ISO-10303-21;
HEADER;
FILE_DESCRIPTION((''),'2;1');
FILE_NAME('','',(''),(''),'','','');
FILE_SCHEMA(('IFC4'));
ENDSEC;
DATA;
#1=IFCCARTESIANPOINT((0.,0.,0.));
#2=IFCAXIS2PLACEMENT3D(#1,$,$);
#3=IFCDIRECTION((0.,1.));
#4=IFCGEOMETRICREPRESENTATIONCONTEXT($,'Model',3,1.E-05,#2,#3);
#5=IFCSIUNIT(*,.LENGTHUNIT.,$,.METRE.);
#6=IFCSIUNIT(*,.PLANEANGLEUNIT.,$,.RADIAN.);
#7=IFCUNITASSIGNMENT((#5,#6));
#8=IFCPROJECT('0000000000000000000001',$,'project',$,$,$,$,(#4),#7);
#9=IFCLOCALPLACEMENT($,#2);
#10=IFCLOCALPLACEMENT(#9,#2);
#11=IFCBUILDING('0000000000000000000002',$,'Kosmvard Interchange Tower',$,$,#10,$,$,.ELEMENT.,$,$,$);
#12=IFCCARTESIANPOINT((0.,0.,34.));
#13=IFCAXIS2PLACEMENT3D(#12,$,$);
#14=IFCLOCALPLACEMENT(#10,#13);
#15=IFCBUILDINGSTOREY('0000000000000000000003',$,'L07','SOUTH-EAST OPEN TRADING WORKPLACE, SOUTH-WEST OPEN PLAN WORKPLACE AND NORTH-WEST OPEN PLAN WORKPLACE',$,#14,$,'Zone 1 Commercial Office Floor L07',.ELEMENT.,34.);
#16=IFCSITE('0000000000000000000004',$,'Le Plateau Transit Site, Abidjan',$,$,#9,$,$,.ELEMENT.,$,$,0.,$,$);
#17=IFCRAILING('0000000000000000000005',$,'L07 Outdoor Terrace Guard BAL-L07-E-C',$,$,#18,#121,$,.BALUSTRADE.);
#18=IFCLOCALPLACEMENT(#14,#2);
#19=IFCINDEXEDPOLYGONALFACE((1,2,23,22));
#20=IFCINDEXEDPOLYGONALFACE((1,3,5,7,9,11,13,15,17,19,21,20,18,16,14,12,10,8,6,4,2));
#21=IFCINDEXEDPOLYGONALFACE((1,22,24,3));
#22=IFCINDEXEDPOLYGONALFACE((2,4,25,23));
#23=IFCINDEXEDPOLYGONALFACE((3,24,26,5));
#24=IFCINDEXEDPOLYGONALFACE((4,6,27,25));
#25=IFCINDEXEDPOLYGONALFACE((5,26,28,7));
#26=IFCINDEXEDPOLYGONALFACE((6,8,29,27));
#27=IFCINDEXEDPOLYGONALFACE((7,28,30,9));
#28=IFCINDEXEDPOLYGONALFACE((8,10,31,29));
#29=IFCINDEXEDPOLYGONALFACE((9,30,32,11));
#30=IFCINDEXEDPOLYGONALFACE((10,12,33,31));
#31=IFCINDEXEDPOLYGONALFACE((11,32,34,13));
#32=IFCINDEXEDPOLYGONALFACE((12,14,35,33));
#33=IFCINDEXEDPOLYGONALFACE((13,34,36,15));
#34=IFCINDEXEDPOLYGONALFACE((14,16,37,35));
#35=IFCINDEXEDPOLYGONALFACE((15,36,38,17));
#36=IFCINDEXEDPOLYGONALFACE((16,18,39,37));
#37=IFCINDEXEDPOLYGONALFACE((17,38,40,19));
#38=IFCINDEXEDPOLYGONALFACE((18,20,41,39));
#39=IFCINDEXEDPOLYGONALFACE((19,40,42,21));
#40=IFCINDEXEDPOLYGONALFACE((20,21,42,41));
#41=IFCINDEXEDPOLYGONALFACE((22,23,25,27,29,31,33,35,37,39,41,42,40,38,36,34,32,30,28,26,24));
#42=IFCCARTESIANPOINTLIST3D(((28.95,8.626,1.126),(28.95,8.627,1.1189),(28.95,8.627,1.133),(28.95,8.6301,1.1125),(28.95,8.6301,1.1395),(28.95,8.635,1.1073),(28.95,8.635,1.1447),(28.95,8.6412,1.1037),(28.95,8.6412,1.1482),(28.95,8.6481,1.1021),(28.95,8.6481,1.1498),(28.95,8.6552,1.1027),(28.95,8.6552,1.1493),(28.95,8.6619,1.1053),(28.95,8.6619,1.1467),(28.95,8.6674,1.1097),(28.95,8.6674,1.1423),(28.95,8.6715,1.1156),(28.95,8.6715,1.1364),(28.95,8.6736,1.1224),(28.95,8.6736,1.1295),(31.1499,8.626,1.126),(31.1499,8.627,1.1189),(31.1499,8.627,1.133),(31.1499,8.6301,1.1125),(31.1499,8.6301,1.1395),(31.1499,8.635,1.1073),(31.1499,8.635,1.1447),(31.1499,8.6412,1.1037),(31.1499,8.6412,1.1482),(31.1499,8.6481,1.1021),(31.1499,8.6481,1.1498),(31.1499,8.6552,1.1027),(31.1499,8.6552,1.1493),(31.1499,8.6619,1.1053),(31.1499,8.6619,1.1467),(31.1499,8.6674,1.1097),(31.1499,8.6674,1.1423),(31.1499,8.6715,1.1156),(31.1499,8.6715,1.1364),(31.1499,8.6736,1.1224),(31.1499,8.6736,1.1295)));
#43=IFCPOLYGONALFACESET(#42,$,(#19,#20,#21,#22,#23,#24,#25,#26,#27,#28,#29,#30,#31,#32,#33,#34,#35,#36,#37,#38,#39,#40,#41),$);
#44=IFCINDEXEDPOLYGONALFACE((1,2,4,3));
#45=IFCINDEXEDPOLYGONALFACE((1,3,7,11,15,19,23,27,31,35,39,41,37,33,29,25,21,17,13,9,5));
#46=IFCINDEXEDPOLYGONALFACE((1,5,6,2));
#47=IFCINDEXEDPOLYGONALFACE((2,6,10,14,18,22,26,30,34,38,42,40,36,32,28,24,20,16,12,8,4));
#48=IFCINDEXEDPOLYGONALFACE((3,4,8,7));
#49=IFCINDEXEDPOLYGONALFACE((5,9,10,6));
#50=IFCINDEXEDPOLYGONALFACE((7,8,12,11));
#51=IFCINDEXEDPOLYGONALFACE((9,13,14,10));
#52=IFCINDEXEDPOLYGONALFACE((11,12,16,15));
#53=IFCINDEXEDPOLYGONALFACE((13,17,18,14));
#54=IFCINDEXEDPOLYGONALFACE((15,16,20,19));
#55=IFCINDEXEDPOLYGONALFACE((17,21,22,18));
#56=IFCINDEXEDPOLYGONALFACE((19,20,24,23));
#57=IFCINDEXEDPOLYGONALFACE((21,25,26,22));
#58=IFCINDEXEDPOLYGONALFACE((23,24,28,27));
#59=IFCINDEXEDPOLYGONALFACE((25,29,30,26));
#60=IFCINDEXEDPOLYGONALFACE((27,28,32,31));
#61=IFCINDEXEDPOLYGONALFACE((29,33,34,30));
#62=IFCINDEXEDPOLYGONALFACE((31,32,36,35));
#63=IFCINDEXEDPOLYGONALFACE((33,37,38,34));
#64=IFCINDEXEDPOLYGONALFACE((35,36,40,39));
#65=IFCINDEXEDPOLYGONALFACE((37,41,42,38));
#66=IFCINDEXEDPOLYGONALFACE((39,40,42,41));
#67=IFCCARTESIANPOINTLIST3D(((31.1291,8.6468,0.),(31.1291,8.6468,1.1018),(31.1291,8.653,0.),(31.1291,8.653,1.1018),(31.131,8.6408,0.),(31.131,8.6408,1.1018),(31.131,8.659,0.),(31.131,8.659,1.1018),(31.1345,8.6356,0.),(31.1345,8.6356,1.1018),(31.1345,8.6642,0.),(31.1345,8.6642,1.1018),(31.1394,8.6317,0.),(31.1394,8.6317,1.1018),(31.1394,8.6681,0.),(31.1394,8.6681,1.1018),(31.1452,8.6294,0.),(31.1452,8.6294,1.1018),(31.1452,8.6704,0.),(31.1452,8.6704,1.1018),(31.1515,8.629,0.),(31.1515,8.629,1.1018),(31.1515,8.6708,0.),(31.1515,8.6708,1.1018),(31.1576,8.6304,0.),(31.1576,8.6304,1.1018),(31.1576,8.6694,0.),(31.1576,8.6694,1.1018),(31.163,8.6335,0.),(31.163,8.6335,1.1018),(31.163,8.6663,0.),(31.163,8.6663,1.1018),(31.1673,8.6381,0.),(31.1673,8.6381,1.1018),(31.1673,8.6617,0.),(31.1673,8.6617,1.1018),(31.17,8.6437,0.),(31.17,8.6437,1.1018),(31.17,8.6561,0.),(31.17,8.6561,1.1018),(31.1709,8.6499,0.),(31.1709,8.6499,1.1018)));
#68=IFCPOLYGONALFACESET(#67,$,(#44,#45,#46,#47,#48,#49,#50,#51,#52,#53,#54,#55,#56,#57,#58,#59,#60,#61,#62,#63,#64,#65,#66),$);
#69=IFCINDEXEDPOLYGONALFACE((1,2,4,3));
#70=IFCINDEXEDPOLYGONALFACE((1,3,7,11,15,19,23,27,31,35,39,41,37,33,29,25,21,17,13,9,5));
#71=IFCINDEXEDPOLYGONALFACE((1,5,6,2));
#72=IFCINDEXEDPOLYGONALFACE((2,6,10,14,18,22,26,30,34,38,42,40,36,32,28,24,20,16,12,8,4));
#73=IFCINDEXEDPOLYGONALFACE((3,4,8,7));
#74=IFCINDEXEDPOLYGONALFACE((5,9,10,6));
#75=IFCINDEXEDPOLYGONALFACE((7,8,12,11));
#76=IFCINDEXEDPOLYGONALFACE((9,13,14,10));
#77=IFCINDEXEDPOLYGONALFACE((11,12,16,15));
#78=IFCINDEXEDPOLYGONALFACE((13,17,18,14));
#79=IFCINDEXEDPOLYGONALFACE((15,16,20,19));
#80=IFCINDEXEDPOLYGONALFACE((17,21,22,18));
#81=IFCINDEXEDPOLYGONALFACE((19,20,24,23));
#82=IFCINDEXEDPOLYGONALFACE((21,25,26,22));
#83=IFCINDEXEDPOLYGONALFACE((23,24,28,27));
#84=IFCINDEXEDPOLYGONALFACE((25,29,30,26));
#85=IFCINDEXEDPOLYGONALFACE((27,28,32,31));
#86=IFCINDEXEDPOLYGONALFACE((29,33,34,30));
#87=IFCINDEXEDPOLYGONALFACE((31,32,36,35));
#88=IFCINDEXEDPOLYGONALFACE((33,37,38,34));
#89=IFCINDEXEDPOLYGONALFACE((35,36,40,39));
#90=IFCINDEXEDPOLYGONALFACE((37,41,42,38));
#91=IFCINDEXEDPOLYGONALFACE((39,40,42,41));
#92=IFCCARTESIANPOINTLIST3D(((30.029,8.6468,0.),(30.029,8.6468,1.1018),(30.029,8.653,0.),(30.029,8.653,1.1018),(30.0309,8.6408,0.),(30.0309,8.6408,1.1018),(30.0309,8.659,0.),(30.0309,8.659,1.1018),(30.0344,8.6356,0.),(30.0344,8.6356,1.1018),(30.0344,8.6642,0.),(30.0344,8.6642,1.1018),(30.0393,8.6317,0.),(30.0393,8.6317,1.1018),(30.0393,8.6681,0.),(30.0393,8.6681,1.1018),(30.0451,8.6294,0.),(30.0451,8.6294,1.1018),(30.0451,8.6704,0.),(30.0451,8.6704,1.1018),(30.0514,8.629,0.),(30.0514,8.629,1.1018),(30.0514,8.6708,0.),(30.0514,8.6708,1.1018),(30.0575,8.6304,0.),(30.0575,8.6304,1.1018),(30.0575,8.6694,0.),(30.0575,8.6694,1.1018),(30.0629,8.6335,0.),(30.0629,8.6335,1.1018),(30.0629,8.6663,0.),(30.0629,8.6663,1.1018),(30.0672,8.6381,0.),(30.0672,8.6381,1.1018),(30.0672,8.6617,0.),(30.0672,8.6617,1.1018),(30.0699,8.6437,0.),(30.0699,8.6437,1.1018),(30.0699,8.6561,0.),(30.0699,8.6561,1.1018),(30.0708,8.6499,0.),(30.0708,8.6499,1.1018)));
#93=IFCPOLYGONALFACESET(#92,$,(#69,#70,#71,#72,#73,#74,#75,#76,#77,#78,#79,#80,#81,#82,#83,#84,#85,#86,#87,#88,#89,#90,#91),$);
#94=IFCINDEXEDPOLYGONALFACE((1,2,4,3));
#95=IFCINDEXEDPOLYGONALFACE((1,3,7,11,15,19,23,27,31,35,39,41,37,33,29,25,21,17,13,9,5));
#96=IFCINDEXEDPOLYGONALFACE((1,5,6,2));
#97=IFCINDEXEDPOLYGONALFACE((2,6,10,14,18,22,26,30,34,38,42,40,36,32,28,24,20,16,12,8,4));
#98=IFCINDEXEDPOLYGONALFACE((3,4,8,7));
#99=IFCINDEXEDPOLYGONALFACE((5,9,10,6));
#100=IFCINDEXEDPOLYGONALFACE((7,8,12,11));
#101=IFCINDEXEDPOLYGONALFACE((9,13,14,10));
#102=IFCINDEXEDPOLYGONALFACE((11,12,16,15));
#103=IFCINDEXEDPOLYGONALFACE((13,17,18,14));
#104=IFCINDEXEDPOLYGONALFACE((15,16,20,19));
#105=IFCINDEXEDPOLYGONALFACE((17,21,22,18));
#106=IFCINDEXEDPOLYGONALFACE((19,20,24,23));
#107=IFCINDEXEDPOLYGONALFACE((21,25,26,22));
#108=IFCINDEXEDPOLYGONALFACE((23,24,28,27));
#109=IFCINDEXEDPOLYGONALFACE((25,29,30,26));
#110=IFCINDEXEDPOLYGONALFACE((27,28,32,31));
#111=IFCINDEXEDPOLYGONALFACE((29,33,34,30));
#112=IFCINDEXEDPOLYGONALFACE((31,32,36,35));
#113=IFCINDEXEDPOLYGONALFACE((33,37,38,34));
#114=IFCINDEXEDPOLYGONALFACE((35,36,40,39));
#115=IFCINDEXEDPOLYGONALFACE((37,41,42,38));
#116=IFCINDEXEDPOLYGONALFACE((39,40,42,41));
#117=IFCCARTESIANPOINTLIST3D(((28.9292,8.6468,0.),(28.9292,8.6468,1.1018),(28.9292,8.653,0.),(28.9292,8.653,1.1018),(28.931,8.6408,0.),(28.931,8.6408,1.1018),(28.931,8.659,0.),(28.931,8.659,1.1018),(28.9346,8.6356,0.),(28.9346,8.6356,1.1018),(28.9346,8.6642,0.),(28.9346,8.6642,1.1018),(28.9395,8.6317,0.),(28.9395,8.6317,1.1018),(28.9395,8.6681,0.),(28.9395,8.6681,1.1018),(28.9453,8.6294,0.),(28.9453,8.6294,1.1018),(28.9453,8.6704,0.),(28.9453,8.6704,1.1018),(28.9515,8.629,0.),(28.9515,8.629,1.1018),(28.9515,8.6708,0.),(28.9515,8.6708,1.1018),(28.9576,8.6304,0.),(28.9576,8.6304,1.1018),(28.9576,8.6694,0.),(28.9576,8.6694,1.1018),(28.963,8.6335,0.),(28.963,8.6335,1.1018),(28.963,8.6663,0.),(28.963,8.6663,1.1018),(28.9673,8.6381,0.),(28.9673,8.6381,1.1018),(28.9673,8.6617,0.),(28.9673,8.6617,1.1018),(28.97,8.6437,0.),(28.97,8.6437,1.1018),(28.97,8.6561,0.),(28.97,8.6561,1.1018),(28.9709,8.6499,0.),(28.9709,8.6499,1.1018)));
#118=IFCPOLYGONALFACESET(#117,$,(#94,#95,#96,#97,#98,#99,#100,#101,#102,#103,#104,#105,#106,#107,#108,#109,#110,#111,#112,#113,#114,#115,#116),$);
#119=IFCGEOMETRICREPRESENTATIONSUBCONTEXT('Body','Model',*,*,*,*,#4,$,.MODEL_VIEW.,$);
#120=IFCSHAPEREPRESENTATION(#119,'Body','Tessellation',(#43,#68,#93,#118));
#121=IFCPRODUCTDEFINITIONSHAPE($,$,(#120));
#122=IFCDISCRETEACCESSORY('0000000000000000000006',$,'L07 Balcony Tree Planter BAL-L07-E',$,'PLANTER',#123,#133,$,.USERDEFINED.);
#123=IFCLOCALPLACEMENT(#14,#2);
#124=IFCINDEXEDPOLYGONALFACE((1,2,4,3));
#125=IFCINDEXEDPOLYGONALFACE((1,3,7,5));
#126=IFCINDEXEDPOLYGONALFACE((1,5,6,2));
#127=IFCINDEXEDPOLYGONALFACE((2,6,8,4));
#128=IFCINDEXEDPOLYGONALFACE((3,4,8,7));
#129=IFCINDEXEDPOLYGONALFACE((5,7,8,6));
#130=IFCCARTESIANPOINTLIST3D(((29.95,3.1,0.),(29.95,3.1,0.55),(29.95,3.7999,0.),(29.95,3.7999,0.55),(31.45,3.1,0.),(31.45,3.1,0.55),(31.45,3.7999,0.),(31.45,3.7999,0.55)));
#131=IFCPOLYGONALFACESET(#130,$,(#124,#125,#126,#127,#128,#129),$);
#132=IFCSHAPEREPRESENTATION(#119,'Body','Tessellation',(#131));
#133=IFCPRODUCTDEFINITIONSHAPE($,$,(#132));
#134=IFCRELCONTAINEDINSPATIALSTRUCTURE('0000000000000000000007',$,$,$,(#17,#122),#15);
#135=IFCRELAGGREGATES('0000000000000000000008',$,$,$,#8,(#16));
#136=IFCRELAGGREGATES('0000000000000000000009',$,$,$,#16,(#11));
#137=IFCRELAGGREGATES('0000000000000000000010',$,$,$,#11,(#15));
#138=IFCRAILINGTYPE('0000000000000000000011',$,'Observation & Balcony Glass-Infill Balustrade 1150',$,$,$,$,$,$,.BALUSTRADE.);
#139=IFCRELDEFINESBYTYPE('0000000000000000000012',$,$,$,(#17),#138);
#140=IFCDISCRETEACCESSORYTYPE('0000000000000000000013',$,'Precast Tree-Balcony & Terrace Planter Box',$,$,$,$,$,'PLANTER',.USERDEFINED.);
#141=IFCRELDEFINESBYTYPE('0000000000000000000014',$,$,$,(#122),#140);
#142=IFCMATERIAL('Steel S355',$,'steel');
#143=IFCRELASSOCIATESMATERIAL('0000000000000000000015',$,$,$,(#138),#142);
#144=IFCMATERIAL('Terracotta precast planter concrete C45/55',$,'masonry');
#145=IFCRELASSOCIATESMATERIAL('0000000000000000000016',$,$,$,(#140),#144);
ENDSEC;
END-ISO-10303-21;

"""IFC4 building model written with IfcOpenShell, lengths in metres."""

from ifc_helpers import new_model, si_unit, direction, frame, origin, origin_2d, place, context, subcontext, project, spatial, rectangle, circle, extrude, source, transform, mapped, material, type_object, element, save


model = new_model("IFC4")

# Units and contexts
model_context = context("Model", 3, precision=1e-05, world=origin(), true_north=direction((0.0, 1.0)))
body_context = subcontext(model_context, "Body", "Model", "MODEL_VIEW")
ifc_project = project(units=[si_unit("LENGTHUNIT", "METRE"), si_unit("PLANEANGLEUNIT", "RADIAN")], contexts=[model_context])

# Site, building, storey
site_placement = place(None, origin())
site = spatial("IfcSite", under=ifc_project, at=site_placement, Name="Le Plateau Transit Site, Abidjan", CompositionType="ELEMENT", RefElevation=0.0)
building_placement = place(site_placement, origin())
building = spatial("IfcBuilding", under=site, at=building_placement, Name="Kosmvard Interchange Tower", CompositionType="ELEMENT")
storey_placement = place(building_placement, frame((0.0, 0.0, 34.0)))
storey = spatial("IfcBuildingStorey", under=building, at=storey_placement, Name="L07", Description="SOUTH-EAST OPEN TRADING WORKPLACE, SOUTH-WEST OPEN PLAN WORKPLACE AND NORTH-WEST OPEN PLAN WORKPLACE", LongName="Zone 1 Commercial Office Floor L07", CompositionType="ELEMENT", Elevation=34.0)

# Shared definitions
ifc_material_1 = material(Name="Steel S355", Category="steel")

# Railing
railing_type = type_object("IfcRailingType", Name="Observation & Balcony Glass-Infill Balustrade 1150", PredefinedType="BALUSTRADE", material=ifc_material_1)
shared_shape_1 = source(origin(), body_context, "Body", "SweptSolid", [
    extrude(circle(Radius=0.0239, at=origin_2d()), frame((0.0, 0.0, 1.126), z_axis=(-1.0, 0.0, 0.0), x_axis=(0.0, -1.0, 0.0)), (0.0, 0.0, 1.0), 2.2),
    extrude(circle(Radius=0.021, at=origin_2d()), origin(), (0.0, 0.0, 1.0), 1.1018),
    extrude(circle(Radius=0.021, at=origin_2d()), frame((-1.1001, 0.0, 0.0)), (0.0, 0.0, 1.0), 1.1018),
    extrude(circle(Radius=0.021, at=origin_2d()), frame((-2.2, 0.0, 0.0)), (0.0, 0.0, 1.0), 1.1018),
])
railing_1_placement = place(storey_placement, frame((31.1499, 8.6499, 0.0)))
element("IfcRailing", 1, at=railing_1_placement, inside=storey, type_object=railing_type, Name="L07 Outdoor Terrace Guard BAL-L07-E-C", PredefinedType="BALUSTRADE", context=body_context, shape_type="MappedRepresentation", body=[
    mapped(shared_shape_1, transform((0.0, 0.0, 0.0), scale=1.0)),
])

# Discrete accessory
ifc_material_2 = material(Name="Terracotta precast planter concrete C45/55", Category="masonry")
discrete_accessory_type = type_object("IfcDiscreteAccessoryType", Name="Precast Tree-Balcony & Terrace Planter Box", ElementType="PLANTER", PredefinedType="USERDEFINED", material=ifc_material_2)
shared_shape_2 = source(origin(), body_context, "Body", "SweptSolid", [
    extrude(rectangle(XDim=1.5, YDim=0.7, at=origin_2d()), origin(), (0.0, 0.0, 1.0), 0.55),
])
discrete_accessory_placement = place(storey_placement, frame((30.7, 3.45, 0.0), z_axis=(0.0, 0.0, 1.0), x_axis=(1.0, 0.0, 0.0)))
element("IfcDiscreteAccessory", 2, at=discrete_accessory_placement, inside=storey, type_object=discrete_accessory_type, Name="L07 Balcony Tree Planter BAL-L07-E", ObjectType="PLANTER", PredefinedType="USERDEFINED", context=body_context, shape_type="MappedRepresentation", body=[
    mapped(shared_shape_2, transform((0.0, 0.0, 0.0), scale=1.0)),
])

save(model, "model.ifc")
